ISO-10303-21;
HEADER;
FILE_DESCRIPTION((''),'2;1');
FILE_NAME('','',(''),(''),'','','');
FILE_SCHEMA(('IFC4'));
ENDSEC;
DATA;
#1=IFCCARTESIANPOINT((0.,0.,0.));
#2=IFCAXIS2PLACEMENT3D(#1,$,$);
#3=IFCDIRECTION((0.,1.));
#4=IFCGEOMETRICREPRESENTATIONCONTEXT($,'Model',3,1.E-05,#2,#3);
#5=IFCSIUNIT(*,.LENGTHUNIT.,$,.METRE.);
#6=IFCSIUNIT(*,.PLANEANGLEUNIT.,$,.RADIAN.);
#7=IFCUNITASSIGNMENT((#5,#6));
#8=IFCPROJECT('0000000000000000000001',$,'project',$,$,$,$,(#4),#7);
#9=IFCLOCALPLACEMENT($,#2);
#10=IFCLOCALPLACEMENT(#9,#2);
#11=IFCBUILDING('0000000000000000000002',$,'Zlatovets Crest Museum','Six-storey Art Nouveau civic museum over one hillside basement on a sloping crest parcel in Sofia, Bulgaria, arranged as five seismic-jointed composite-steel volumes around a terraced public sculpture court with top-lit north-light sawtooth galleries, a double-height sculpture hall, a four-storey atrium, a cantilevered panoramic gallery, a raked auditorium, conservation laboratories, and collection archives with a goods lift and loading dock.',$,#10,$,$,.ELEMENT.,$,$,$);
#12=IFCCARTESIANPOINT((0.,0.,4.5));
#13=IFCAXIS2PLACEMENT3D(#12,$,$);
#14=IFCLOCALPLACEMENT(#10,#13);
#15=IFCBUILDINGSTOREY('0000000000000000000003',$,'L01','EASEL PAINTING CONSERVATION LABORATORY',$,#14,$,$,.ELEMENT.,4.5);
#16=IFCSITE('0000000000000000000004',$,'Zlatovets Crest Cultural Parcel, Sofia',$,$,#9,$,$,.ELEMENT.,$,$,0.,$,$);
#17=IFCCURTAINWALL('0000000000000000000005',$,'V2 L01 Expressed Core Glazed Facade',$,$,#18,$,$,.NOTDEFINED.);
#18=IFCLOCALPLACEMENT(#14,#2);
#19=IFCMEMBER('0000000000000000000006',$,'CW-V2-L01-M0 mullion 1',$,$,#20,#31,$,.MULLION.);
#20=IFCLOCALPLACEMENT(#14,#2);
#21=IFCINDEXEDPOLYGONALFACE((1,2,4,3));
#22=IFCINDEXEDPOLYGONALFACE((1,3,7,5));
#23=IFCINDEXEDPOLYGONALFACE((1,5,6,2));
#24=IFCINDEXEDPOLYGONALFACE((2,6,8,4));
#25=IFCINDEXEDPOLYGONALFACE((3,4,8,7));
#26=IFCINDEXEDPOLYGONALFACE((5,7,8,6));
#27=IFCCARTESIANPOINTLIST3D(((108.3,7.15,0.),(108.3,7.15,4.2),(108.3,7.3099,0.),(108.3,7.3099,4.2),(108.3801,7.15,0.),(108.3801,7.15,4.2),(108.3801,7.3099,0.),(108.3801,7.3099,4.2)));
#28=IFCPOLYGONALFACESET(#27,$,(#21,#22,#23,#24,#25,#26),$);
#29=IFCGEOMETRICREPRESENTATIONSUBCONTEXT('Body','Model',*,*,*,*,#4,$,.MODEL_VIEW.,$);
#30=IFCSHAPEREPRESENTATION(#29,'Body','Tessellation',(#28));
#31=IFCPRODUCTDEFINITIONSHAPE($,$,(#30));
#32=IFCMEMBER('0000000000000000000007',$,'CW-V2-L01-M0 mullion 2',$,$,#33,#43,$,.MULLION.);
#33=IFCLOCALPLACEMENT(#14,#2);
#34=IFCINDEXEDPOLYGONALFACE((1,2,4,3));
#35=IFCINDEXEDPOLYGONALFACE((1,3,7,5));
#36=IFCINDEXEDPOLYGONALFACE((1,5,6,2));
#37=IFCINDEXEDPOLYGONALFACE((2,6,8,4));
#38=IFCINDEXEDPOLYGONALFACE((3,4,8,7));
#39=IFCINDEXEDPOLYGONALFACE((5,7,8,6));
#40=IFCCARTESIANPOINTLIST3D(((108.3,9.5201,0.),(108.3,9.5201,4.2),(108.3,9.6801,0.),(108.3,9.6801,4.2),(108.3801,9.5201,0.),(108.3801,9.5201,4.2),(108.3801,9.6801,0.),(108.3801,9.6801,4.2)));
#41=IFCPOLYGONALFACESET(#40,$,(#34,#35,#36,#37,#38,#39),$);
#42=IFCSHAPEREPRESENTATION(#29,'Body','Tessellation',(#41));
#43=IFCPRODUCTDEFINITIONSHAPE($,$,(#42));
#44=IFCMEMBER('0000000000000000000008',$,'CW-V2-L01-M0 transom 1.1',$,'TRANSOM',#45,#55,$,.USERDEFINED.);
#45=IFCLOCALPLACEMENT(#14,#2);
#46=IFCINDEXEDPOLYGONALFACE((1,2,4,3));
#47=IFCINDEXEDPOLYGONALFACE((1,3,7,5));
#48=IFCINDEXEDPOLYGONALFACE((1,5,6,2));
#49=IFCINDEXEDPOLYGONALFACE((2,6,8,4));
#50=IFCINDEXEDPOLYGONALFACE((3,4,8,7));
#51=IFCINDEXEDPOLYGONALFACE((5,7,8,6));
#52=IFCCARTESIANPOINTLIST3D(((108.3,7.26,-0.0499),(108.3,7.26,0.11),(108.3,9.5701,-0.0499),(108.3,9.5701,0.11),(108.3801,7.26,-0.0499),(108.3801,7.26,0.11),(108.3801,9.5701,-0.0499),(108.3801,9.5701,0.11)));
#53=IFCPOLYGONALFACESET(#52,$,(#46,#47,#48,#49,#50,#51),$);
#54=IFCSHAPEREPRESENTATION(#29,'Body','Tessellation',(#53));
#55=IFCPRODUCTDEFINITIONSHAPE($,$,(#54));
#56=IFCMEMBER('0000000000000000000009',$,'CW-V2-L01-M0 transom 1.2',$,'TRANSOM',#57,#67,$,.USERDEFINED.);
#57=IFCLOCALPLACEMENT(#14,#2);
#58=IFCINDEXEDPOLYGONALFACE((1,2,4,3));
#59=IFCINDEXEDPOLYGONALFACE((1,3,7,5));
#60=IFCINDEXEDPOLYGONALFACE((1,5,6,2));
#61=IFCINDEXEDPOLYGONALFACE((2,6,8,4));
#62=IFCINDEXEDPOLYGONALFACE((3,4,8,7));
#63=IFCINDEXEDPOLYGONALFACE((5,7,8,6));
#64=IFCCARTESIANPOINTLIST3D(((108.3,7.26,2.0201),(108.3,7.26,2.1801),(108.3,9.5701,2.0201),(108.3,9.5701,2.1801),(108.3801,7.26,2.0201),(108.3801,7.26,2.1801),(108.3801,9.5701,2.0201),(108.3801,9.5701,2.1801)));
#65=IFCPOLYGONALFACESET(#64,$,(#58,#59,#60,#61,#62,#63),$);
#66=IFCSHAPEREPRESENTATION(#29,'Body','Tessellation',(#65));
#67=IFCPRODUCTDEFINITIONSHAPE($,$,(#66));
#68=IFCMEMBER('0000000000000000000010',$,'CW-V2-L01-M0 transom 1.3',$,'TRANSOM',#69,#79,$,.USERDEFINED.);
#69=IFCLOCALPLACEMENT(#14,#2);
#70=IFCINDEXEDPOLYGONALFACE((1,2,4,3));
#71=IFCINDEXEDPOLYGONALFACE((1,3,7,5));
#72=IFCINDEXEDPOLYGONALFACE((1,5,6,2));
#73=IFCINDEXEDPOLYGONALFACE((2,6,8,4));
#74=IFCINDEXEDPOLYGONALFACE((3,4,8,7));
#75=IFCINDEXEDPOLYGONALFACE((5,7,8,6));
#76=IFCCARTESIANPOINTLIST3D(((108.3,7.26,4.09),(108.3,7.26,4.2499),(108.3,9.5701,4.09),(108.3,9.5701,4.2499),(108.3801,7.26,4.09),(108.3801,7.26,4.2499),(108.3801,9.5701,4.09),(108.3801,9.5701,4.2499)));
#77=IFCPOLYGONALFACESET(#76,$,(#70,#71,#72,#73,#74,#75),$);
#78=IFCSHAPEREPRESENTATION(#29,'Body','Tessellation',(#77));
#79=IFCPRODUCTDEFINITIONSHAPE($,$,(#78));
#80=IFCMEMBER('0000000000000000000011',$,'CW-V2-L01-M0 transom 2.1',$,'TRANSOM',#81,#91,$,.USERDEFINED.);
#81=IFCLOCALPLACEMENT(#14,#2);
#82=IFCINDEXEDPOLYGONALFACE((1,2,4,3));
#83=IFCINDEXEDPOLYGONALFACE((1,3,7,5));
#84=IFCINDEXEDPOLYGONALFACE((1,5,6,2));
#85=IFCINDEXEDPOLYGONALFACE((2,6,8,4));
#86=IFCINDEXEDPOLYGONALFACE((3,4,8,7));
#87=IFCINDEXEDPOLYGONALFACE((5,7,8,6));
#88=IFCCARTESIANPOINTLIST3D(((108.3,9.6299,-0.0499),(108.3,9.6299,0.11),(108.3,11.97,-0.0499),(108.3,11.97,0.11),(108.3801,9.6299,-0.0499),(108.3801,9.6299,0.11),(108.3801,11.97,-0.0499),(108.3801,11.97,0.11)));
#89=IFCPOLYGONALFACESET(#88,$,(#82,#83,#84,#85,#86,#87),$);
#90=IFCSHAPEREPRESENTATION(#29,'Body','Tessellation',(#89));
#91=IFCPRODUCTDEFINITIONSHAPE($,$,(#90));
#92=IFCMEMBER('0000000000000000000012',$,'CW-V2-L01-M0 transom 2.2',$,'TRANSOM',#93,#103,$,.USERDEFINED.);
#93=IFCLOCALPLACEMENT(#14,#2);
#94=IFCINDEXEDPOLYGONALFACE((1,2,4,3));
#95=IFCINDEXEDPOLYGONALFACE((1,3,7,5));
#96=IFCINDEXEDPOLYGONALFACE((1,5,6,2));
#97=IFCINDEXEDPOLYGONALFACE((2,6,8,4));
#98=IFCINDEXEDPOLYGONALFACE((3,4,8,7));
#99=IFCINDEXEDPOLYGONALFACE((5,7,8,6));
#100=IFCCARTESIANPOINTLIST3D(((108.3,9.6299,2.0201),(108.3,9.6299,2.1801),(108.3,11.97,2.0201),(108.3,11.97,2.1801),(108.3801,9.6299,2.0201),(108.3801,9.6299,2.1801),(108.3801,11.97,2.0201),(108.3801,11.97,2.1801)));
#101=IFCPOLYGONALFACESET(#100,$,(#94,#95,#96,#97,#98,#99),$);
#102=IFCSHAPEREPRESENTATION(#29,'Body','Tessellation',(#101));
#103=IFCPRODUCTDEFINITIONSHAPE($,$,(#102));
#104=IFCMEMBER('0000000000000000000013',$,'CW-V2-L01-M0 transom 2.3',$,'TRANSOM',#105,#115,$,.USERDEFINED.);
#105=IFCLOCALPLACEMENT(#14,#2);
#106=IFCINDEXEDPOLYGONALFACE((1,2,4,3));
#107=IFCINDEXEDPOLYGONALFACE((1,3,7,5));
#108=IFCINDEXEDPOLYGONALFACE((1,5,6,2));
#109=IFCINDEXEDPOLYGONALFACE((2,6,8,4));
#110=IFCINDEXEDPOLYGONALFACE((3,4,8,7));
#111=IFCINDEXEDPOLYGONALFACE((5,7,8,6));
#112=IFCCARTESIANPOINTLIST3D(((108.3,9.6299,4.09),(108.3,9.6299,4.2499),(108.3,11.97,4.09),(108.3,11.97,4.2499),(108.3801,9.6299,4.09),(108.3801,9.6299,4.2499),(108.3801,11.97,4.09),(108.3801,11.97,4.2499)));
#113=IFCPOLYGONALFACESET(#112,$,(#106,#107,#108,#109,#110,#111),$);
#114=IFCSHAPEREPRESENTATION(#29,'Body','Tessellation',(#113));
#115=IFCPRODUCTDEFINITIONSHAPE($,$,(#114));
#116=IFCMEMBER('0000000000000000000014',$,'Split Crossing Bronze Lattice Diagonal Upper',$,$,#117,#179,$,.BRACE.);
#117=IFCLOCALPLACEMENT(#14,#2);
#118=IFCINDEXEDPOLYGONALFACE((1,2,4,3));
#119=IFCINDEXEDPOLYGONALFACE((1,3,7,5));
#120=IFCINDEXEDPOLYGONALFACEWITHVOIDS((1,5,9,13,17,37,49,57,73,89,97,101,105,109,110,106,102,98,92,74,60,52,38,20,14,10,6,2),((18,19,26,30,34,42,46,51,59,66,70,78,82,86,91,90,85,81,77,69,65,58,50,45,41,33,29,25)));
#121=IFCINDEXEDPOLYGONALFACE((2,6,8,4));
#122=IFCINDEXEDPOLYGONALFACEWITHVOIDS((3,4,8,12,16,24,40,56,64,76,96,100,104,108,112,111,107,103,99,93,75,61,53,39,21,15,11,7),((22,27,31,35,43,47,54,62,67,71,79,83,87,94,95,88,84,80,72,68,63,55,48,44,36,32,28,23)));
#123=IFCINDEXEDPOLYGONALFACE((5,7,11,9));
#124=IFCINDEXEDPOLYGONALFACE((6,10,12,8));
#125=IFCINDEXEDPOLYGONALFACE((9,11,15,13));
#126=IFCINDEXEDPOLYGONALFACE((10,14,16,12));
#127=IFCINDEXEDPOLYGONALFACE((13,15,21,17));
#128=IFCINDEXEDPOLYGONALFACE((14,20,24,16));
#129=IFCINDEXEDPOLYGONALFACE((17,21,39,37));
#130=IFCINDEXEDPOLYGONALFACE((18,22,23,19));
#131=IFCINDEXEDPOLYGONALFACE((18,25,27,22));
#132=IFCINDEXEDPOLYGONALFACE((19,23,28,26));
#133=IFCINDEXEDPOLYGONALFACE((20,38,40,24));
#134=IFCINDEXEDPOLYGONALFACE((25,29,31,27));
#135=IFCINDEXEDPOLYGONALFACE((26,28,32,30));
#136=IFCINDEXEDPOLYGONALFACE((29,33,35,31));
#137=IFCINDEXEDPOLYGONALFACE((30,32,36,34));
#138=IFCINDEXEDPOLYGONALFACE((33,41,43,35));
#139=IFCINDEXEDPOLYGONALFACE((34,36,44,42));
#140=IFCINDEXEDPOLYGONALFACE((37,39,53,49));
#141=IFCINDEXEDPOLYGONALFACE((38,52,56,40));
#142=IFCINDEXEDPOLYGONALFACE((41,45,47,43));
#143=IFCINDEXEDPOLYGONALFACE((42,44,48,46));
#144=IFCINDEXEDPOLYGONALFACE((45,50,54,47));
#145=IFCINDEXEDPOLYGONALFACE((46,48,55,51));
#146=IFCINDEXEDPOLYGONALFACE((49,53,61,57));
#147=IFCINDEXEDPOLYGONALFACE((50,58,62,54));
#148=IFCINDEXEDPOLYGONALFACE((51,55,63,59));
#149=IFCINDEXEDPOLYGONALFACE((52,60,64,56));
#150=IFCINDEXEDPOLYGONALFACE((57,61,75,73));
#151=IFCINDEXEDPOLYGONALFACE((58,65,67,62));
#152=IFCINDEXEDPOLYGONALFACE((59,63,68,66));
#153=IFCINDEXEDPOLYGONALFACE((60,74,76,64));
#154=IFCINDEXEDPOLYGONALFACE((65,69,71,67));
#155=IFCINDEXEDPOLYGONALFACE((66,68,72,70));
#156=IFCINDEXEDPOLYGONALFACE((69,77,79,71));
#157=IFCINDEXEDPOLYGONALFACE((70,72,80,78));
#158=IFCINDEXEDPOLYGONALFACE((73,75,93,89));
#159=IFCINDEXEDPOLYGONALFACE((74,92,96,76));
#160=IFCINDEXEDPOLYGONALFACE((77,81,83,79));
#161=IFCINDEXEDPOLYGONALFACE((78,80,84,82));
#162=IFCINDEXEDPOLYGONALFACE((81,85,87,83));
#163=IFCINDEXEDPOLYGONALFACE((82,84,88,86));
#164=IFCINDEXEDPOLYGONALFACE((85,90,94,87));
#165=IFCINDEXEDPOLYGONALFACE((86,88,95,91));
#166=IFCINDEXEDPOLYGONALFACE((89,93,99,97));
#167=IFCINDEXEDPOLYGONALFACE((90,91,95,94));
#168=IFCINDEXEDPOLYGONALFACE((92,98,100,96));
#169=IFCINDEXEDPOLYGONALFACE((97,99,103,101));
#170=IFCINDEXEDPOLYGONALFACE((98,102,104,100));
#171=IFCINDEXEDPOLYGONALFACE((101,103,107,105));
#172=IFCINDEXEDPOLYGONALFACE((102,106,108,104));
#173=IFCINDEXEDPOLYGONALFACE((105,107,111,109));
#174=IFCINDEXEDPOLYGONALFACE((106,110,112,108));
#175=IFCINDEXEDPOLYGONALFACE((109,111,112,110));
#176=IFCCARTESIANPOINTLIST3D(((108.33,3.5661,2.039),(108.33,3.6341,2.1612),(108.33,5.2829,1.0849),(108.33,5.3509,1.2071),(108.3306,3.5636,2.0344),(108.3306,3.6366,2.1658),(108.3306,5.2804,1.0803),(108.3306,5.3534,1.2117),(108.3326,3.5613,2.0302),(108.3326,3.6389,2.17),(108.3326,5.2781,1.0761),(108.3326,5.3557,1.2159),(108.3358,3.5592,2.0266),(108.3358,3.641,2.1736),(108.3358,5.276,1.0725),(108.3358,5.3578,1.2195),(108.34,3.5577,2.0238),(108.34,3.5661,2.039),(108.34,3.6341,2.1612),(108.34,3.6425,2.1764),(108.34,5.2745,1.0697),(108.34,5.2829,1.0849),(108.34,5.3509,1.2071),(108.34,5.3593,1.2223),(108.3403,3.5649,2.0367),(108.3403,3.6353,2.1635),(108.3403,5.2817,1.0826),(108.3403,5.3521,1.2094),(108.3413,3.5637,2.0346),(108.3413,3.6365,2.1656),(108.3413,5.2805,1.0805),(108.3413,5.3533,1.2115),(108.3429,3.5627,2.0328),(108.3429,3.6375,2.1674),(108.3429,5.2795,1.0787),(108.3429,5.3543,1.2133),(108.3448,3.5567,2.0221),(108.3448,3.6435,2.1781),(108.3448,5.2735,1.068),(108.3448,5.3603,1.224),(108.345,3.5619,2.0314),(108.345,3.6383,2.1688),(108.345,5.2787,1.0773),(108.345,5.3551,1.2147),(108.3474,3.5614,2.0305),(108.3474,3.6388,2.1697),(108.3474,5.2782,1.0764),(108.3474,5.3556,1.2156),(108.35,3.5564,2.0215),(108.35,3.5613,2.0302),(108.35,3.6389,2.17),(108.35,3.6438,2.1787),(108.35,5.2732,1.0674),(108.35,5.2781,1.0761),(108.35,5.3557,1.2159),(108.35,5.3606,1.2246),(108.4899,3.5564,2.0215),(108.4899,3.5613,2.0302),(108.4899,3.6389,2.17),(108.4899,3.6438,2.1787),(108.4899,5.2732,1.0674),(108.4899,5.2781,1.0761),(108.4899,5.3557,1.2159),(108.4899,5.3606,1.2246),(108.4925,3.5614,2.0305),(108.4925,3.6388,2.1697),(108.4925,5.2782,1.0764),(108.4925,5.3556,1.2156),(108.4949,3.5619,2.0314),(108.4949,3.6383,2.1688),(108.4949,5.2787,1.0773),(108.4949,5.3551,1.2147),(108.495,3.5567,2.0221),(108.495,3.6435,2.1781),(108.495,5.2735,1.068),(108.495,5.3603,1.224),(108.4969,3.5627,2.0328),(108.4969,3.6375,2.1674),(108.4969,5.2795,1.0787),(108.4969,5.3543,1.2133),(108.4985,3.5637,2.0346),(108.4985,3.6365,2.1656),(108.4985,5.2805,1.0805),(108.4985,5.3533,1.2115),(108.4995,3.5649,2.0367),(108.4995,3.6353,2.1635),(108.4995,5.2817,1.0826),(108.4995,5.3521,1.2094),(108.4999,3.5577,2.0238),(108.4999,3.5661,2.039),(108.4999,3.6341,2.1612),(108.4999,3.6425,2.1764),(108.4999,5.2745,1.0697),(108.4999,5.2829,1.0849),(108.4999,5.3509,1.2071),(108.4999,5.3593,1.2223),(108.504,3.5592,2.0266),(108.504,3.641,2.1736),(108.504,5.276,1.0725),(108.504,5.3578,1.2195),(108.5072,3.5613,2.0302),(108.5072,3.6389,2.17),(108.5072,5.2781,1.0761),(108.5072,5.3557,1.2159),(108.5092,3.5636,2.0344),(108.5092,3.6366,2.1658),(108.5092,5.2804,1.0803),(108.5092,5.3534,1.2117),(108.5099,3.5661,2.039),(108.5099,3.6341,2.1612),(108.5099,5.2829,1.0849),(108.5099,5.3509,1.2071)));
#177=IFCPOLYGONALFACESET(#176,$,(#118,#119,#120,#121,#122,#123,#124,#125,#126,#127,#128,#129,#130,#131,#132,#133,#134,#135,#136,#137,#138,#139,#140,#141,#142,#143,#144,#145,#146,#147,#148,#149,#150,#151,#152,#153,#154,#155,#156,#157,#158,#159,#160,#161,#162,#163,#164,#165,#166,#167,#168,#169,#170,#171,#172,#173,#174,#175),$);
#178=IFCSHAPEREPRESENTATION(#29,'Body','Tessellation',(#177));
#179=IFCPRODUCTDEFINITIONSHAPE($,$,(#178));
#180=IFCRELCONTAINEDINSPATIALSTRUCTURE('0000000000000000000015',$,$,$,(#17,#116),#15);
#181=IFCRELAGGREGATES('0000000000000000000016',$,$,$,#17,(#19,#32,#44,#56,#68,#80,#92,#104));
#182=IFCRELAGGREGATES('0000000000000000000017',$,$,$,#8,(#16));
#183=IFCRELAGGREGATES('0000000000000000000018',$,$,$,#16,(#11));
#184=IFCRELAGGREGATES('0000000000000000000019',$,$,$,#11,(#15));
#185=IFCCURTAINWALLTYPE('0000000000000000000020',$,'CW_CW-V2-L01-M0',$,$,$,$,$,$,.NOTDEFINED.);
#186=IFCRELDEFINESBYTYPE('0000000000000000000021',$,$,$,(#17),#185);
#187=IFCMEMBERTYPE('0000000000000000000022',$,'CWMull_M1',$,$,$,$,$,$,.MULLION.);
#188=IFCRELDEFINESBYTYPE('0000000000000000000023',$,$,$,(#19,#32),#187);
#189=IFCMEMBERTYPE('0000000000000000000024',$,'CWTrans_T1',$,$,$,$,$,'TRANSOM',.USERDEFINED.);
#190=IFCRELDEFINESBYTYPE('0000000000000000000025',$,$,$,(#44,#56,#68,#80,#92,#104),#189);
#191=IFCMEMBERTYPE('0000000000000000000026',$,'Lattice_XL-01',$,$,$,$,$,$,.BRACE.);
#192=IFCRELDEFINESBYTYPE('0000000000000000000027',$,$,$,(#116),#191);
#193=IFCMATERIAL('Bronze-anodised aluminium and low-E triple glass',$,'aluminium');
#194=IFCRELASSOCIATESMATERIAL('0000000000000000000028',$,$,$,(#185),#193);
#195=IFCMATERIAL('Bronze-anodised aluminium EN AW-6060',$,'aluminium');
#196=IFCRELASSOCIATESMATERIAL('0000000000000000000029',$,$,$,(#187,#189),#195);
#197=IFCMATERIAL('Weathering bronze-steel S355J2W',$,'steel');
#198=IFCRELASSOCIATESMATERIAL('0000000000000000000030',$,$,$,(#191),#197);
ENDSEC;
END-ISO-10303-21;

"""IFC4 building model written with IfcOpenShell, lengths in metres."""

from ifc_helpers import new_model, si_unit, direction, frame, origin, origin_2d, place, context, subcontext, project, spatial, rectangle, hollow_rectangle, extrude, material, material_profile, profile_set, type_object, element, aggregate, save


model = new_model("IFC4")

# Units and contexts
model_context = context("Model", 3, precision=1e-05, world=origin(), true_north=direction((0.0, 1.0)))
body_context = subcontext(model_context, "Body", "Model", "MODEL_VIEW")
ifc_project = project(units=[si_unit("LENGTHUNIT", "METRE"), si_unit("PLANEANGLEUNIT", "RADIAN")], contexts=[model_context])

# Site, building, storey
site_placement = place(None, origin())
site = spatial("IfcSite", under=ifc_project, at=site_placement, Name="Zlatovets Crest Cultural Parcel, Sofia", CompositionType="ELEMENT", RefElevation=0.0)
building_placement = place(site_placement, origin())
building = spatial("IfcBuilding", under=site, at=building_placement, Name="Zlatovets Crest Museum", Description="Six-storey Art Nouveau civic museum over one hillside basement on a sloping crest parcel in Sofia, Bulgaria, arranged as five seismic-jointed composite-steel volumes around a terraced public sculpture court with top-lit north-light sawtooth galleries, a double-height sculpture hall, a four-storey atrium, a cantilevered panoramic gallery, a raked auditorium, conservation laboratories, and collection archives with a goods lift and loading dock.", CompositionType="ELEMENT")
storey_placement = place(building_placement, frame((0.0, 0.0, 4.5)))
storey = spatial("IfcBuildingStorey", under=building, at=storey_placement, Name="L01", Description="EASEL PAINTING CONSERVATION LABORATORY", CompositionType="ELEMENT", Elevation=4.5)

# Curtain wall, members
ifc_material_1 = material(Name="Bronze-anodised aluminium and low-E triple glass", Category="aluminium")
curtain_wall_type = type_object("IfcCurtainWallType", Name="CW_CW-V2-L01-M0", PredefinedType="NOTDEFINED", material=ifc_material_1)
curtain_wall_placement = place(storey_placement, origin())
curtain_wall = element("IfcCurtainWall", 1, at=curtain_wall_placement, inside=storey, type_object=curtain_wall_type, Name="V2 L01 Expressed Core Glazed Facade", PredefinedType="NOTDEFINED")
ifc_material_2 = material(Name="Bronze-anodised aluminium EN AW-6060", Category="aluminium")
ifc_material_profile_1 = material_profile(ifc_material_2, rectangle(XDim=0.0801, YDim=0.1599, at=origin_2d()), Name="ALU 80x160")
ifc_profile_set_1 = profile_set([ifc_material_profile_1], Name="Bronze-anodised aluminium EN AW-6060")
member_type_1 = type_object("IfcMemberType", Name="CWMull_M1", PredefinedType="MULLION", material=ifc_profile_set_1)
member_1_placement = place(storey_placement, frame((108.3401, 7.23, 0.0), z_axis=(0.0, 0.0, 1.0), x_axis=(-1.0, 0.0, 0.0)))
member_1 = element("IfcMember", 2, at=member_1_placement, type_object=member_type_1, Name="CW-V2-L01-M0 mullion 1", PredefinedType="MULLION", context=body_context, shape_type="SweptSolid", body=[
    extrude(rectangle(XDim=0.0801, YDim=0.1599, at=origin_2d()), origin(), (0.0, 0.0, 1.0), 4.2),
])
member_2_placement = place(storey_placement, frame((108.3401, 9.6001, 0.0), z_axis=(0.0, 0.0, 1.0), x_axis=(-1.0, 0.0, 0.0)))
member_2 = element("IfcMember", 3, at=member_2_placement, type_object=member_type_1, Name="CW-V2-L01-M0 mullion 2", PredefinedType="MULLION", context=body_context, shape_type="SweptSolid", body=[
    extrude(rectangle(XDim=0.0801, YDim=0.1599, at=origin_2d()), origin(), (0.0, 0.0, 1.0), 4.2),
])
ifc_material_profile_2 = material_profile(ifc_material_2, rectangle(XDim=0.0801, YDim=0.1599, at=origin_2d()), Name="ALU 80x160")
ifc_profile_set_2 = profile_set([ifc_material_profile_2], Name="Bronze-anodised aluminium EN AW-6060")
member_type_2 = type_object("IfcMemberType", Name="CWTrans_T1", ElementType="TRANSOM", PredefinedType="USERDEFINED", material=ifc_profile_set_2)
member_3_placement = place(storey_placement, frame((108.3401, 7.26, 0.03), z_axis=(0.0, 1.0, 0.0), x_axis=(-1.0, 0.0, 0.0)))
member_3 = element("IfcMember", 4, at=member_3_placement, type_object=member_type_2, Name="CW-V2-L01-M0 transom 1.1", ObjectType="TRANSOM", PredefinedType="USERDEFINED", context=body_context, shape_type="SweptSolid", body=[
    extrude(rectangle(XDim=0.0801, YDim=0.1599, at=origin_2d()), origin(), (0.0, 0.0, 1.0), 2.3101),
])
member_4_placement = place(storey_placement, frame((108.3401, 7.26, 2.1001), z_axis=(0.0, 1.0, 0.0), x_axis=(-1.0, 0.0, 0.0)))
member_4 = element("IfcMember", 5, at=member_4_placement, type_object=member_type_2, Name="CW-V2-L01-M0 transom 1.2", ObjectType="TRANSOM", PredefinedType="USERDEFINED", context=body_context, shape_type="SweptSolid", body=[
    extrude(rectangle(XDim=0.0801, YDim=0.1599, at=origin_2d()), origin(), (0.0, 0.0, 1.0), 2.3101),
])
member_5_placement = place(storey_placement, frame((108.3401, 7.26, 4.1699), z_axis=(0.0, 1.0, 0.0), x_axis=(-1.0, 0.0, 0.0)))
member_5 = element("IfcMember", 6, at=member_5_placement, type_object=member_type_2, Name="CW-V2-L01-M0 transom 1.3", ObjectType="TRANSOM", PredefinedType="USERDEFINED", context=body_context, shape_type="SweptSolid", body=[
    extrude(rectangle(XDim=0.0801, YDim=0.1599, at=origin_2d()), origin(), (0.0, 0.0, 1.0), 2.3101),
])
member_6_placement = place(storey_placement, frame((108.3401, 9.6299, 0.03), z_axis=(0.0, 1.0, 0.0), x_axis=(-1.0, 0.0, 0.0)))
member_6 = element("IfcMember", 7, at=member_6_placement, type_object=member_type_2, Name="CW-V2-L01-M0 transom 2.1", ObjectType="TRANSOM", PredefinedType="USERDEFINED", context=body_context, shape_type="SweptSolid", body=[
    extrude(rectangle(XDim=0.0801, YDim=0.1599, at=origin_2d()), origin(), (0.0, 0.0, 1.0), 2.3401),
])
member_7_placement = place(storey_placement, frame((108.3401, 9.6299, 2.1001), z_axis=(0.0, 1.0, 0.0), x_axis=(-1.0, 0.0, 0.0)))
member_7 = element("IfcMember", 8, at=member_7_placement, type_object=member_type_2, Name="CW-V2-L01-M0 transom 2.2", ObjectType="TRANSOM", PredefinedType="USERDEFINED", context=body_context, shape_type="SweptSolid", body=[
    extrude(rectangle(XDim=0.0801, YDim=0.1599, at=origin_2d()), origin(), (0.0, 0.0, 1.0), 2.3401),
])
member_8_placement = place(storey_placement, frame((108.3401, 9.6299, 4.1699), z_axis=(0.0, 1.0, 0.0), x_axis=(-1.0, 0.0, 0.0)))
member_8 = element("IfcMember", 9, at=member_8_placement, type_object=member_type_2, Name="CW-V2-L01-M0 transom 2.3", ObjectType="TRANSOM", PredefinedType="USERDEFINED", context=body_context, shape_type="SweptSolid", body=[
    extrude(rectangle(XDim=0.0801, YDim=0.1599, at=origin_2d()), origin(), (0.0, 0.0, 1.0), 2.3401),
])

# Member
ifc_material_3 = material(Name="Weathering bronze-steel S355J2W", Category="steel")
ifc_material_profile_3 = material_profile(ifc_material_3, hollow_rectangle(XDim=0.1799, YDim=0.1799, WallThickness=0.01, InnerFilletRadius=0.01, OuterFilletRadius=0.02, at=origin_2d()), Name="SHS 180x180x10.0")
ifc_profile_set_3 = profile_set([ifc_material_profile_3], Name="Weathering bronze-steel S355J2W")
member_type_3 = type_object("IfcMemberType", Name="Lattice_XL-01", PredefinedType="BRACE", material=ifc_profile_set_3)
for number, where, z_axis, x_axis, name in (
    (10, (108.4199, 3.6001, 2.1001), (0.0, 0.874087, -0.48577), (-1.0, 0.0, 0.0), "Split Crossing Bronze Lattice Diagonal Upper"),
):
    element("IfcMember", number, at=place(storey_placement, frame(where, z_axis=z_axis, x_axis=x_axis)), inside=storey, type_object=member_type_3, Name=name, PredefinedType="BRACE", context=body_context, shape_type="SweptSolid", body=[
        extrude(hollow_rectangle(XDim=0.1799, YDim=0.1799, WallThickness=0.01, InnerFilletRadius=0.01, OuterFilletRadius=0.02, at=origin_2d()), origin(), (0.0, 0.0, 1.0), 1.9641),
    ])

aggregate(curtain_wall, [member_1, member_2, member_3, member_4, member_5, member_6, member_7, member_8])

save(model, "model.ifc")
